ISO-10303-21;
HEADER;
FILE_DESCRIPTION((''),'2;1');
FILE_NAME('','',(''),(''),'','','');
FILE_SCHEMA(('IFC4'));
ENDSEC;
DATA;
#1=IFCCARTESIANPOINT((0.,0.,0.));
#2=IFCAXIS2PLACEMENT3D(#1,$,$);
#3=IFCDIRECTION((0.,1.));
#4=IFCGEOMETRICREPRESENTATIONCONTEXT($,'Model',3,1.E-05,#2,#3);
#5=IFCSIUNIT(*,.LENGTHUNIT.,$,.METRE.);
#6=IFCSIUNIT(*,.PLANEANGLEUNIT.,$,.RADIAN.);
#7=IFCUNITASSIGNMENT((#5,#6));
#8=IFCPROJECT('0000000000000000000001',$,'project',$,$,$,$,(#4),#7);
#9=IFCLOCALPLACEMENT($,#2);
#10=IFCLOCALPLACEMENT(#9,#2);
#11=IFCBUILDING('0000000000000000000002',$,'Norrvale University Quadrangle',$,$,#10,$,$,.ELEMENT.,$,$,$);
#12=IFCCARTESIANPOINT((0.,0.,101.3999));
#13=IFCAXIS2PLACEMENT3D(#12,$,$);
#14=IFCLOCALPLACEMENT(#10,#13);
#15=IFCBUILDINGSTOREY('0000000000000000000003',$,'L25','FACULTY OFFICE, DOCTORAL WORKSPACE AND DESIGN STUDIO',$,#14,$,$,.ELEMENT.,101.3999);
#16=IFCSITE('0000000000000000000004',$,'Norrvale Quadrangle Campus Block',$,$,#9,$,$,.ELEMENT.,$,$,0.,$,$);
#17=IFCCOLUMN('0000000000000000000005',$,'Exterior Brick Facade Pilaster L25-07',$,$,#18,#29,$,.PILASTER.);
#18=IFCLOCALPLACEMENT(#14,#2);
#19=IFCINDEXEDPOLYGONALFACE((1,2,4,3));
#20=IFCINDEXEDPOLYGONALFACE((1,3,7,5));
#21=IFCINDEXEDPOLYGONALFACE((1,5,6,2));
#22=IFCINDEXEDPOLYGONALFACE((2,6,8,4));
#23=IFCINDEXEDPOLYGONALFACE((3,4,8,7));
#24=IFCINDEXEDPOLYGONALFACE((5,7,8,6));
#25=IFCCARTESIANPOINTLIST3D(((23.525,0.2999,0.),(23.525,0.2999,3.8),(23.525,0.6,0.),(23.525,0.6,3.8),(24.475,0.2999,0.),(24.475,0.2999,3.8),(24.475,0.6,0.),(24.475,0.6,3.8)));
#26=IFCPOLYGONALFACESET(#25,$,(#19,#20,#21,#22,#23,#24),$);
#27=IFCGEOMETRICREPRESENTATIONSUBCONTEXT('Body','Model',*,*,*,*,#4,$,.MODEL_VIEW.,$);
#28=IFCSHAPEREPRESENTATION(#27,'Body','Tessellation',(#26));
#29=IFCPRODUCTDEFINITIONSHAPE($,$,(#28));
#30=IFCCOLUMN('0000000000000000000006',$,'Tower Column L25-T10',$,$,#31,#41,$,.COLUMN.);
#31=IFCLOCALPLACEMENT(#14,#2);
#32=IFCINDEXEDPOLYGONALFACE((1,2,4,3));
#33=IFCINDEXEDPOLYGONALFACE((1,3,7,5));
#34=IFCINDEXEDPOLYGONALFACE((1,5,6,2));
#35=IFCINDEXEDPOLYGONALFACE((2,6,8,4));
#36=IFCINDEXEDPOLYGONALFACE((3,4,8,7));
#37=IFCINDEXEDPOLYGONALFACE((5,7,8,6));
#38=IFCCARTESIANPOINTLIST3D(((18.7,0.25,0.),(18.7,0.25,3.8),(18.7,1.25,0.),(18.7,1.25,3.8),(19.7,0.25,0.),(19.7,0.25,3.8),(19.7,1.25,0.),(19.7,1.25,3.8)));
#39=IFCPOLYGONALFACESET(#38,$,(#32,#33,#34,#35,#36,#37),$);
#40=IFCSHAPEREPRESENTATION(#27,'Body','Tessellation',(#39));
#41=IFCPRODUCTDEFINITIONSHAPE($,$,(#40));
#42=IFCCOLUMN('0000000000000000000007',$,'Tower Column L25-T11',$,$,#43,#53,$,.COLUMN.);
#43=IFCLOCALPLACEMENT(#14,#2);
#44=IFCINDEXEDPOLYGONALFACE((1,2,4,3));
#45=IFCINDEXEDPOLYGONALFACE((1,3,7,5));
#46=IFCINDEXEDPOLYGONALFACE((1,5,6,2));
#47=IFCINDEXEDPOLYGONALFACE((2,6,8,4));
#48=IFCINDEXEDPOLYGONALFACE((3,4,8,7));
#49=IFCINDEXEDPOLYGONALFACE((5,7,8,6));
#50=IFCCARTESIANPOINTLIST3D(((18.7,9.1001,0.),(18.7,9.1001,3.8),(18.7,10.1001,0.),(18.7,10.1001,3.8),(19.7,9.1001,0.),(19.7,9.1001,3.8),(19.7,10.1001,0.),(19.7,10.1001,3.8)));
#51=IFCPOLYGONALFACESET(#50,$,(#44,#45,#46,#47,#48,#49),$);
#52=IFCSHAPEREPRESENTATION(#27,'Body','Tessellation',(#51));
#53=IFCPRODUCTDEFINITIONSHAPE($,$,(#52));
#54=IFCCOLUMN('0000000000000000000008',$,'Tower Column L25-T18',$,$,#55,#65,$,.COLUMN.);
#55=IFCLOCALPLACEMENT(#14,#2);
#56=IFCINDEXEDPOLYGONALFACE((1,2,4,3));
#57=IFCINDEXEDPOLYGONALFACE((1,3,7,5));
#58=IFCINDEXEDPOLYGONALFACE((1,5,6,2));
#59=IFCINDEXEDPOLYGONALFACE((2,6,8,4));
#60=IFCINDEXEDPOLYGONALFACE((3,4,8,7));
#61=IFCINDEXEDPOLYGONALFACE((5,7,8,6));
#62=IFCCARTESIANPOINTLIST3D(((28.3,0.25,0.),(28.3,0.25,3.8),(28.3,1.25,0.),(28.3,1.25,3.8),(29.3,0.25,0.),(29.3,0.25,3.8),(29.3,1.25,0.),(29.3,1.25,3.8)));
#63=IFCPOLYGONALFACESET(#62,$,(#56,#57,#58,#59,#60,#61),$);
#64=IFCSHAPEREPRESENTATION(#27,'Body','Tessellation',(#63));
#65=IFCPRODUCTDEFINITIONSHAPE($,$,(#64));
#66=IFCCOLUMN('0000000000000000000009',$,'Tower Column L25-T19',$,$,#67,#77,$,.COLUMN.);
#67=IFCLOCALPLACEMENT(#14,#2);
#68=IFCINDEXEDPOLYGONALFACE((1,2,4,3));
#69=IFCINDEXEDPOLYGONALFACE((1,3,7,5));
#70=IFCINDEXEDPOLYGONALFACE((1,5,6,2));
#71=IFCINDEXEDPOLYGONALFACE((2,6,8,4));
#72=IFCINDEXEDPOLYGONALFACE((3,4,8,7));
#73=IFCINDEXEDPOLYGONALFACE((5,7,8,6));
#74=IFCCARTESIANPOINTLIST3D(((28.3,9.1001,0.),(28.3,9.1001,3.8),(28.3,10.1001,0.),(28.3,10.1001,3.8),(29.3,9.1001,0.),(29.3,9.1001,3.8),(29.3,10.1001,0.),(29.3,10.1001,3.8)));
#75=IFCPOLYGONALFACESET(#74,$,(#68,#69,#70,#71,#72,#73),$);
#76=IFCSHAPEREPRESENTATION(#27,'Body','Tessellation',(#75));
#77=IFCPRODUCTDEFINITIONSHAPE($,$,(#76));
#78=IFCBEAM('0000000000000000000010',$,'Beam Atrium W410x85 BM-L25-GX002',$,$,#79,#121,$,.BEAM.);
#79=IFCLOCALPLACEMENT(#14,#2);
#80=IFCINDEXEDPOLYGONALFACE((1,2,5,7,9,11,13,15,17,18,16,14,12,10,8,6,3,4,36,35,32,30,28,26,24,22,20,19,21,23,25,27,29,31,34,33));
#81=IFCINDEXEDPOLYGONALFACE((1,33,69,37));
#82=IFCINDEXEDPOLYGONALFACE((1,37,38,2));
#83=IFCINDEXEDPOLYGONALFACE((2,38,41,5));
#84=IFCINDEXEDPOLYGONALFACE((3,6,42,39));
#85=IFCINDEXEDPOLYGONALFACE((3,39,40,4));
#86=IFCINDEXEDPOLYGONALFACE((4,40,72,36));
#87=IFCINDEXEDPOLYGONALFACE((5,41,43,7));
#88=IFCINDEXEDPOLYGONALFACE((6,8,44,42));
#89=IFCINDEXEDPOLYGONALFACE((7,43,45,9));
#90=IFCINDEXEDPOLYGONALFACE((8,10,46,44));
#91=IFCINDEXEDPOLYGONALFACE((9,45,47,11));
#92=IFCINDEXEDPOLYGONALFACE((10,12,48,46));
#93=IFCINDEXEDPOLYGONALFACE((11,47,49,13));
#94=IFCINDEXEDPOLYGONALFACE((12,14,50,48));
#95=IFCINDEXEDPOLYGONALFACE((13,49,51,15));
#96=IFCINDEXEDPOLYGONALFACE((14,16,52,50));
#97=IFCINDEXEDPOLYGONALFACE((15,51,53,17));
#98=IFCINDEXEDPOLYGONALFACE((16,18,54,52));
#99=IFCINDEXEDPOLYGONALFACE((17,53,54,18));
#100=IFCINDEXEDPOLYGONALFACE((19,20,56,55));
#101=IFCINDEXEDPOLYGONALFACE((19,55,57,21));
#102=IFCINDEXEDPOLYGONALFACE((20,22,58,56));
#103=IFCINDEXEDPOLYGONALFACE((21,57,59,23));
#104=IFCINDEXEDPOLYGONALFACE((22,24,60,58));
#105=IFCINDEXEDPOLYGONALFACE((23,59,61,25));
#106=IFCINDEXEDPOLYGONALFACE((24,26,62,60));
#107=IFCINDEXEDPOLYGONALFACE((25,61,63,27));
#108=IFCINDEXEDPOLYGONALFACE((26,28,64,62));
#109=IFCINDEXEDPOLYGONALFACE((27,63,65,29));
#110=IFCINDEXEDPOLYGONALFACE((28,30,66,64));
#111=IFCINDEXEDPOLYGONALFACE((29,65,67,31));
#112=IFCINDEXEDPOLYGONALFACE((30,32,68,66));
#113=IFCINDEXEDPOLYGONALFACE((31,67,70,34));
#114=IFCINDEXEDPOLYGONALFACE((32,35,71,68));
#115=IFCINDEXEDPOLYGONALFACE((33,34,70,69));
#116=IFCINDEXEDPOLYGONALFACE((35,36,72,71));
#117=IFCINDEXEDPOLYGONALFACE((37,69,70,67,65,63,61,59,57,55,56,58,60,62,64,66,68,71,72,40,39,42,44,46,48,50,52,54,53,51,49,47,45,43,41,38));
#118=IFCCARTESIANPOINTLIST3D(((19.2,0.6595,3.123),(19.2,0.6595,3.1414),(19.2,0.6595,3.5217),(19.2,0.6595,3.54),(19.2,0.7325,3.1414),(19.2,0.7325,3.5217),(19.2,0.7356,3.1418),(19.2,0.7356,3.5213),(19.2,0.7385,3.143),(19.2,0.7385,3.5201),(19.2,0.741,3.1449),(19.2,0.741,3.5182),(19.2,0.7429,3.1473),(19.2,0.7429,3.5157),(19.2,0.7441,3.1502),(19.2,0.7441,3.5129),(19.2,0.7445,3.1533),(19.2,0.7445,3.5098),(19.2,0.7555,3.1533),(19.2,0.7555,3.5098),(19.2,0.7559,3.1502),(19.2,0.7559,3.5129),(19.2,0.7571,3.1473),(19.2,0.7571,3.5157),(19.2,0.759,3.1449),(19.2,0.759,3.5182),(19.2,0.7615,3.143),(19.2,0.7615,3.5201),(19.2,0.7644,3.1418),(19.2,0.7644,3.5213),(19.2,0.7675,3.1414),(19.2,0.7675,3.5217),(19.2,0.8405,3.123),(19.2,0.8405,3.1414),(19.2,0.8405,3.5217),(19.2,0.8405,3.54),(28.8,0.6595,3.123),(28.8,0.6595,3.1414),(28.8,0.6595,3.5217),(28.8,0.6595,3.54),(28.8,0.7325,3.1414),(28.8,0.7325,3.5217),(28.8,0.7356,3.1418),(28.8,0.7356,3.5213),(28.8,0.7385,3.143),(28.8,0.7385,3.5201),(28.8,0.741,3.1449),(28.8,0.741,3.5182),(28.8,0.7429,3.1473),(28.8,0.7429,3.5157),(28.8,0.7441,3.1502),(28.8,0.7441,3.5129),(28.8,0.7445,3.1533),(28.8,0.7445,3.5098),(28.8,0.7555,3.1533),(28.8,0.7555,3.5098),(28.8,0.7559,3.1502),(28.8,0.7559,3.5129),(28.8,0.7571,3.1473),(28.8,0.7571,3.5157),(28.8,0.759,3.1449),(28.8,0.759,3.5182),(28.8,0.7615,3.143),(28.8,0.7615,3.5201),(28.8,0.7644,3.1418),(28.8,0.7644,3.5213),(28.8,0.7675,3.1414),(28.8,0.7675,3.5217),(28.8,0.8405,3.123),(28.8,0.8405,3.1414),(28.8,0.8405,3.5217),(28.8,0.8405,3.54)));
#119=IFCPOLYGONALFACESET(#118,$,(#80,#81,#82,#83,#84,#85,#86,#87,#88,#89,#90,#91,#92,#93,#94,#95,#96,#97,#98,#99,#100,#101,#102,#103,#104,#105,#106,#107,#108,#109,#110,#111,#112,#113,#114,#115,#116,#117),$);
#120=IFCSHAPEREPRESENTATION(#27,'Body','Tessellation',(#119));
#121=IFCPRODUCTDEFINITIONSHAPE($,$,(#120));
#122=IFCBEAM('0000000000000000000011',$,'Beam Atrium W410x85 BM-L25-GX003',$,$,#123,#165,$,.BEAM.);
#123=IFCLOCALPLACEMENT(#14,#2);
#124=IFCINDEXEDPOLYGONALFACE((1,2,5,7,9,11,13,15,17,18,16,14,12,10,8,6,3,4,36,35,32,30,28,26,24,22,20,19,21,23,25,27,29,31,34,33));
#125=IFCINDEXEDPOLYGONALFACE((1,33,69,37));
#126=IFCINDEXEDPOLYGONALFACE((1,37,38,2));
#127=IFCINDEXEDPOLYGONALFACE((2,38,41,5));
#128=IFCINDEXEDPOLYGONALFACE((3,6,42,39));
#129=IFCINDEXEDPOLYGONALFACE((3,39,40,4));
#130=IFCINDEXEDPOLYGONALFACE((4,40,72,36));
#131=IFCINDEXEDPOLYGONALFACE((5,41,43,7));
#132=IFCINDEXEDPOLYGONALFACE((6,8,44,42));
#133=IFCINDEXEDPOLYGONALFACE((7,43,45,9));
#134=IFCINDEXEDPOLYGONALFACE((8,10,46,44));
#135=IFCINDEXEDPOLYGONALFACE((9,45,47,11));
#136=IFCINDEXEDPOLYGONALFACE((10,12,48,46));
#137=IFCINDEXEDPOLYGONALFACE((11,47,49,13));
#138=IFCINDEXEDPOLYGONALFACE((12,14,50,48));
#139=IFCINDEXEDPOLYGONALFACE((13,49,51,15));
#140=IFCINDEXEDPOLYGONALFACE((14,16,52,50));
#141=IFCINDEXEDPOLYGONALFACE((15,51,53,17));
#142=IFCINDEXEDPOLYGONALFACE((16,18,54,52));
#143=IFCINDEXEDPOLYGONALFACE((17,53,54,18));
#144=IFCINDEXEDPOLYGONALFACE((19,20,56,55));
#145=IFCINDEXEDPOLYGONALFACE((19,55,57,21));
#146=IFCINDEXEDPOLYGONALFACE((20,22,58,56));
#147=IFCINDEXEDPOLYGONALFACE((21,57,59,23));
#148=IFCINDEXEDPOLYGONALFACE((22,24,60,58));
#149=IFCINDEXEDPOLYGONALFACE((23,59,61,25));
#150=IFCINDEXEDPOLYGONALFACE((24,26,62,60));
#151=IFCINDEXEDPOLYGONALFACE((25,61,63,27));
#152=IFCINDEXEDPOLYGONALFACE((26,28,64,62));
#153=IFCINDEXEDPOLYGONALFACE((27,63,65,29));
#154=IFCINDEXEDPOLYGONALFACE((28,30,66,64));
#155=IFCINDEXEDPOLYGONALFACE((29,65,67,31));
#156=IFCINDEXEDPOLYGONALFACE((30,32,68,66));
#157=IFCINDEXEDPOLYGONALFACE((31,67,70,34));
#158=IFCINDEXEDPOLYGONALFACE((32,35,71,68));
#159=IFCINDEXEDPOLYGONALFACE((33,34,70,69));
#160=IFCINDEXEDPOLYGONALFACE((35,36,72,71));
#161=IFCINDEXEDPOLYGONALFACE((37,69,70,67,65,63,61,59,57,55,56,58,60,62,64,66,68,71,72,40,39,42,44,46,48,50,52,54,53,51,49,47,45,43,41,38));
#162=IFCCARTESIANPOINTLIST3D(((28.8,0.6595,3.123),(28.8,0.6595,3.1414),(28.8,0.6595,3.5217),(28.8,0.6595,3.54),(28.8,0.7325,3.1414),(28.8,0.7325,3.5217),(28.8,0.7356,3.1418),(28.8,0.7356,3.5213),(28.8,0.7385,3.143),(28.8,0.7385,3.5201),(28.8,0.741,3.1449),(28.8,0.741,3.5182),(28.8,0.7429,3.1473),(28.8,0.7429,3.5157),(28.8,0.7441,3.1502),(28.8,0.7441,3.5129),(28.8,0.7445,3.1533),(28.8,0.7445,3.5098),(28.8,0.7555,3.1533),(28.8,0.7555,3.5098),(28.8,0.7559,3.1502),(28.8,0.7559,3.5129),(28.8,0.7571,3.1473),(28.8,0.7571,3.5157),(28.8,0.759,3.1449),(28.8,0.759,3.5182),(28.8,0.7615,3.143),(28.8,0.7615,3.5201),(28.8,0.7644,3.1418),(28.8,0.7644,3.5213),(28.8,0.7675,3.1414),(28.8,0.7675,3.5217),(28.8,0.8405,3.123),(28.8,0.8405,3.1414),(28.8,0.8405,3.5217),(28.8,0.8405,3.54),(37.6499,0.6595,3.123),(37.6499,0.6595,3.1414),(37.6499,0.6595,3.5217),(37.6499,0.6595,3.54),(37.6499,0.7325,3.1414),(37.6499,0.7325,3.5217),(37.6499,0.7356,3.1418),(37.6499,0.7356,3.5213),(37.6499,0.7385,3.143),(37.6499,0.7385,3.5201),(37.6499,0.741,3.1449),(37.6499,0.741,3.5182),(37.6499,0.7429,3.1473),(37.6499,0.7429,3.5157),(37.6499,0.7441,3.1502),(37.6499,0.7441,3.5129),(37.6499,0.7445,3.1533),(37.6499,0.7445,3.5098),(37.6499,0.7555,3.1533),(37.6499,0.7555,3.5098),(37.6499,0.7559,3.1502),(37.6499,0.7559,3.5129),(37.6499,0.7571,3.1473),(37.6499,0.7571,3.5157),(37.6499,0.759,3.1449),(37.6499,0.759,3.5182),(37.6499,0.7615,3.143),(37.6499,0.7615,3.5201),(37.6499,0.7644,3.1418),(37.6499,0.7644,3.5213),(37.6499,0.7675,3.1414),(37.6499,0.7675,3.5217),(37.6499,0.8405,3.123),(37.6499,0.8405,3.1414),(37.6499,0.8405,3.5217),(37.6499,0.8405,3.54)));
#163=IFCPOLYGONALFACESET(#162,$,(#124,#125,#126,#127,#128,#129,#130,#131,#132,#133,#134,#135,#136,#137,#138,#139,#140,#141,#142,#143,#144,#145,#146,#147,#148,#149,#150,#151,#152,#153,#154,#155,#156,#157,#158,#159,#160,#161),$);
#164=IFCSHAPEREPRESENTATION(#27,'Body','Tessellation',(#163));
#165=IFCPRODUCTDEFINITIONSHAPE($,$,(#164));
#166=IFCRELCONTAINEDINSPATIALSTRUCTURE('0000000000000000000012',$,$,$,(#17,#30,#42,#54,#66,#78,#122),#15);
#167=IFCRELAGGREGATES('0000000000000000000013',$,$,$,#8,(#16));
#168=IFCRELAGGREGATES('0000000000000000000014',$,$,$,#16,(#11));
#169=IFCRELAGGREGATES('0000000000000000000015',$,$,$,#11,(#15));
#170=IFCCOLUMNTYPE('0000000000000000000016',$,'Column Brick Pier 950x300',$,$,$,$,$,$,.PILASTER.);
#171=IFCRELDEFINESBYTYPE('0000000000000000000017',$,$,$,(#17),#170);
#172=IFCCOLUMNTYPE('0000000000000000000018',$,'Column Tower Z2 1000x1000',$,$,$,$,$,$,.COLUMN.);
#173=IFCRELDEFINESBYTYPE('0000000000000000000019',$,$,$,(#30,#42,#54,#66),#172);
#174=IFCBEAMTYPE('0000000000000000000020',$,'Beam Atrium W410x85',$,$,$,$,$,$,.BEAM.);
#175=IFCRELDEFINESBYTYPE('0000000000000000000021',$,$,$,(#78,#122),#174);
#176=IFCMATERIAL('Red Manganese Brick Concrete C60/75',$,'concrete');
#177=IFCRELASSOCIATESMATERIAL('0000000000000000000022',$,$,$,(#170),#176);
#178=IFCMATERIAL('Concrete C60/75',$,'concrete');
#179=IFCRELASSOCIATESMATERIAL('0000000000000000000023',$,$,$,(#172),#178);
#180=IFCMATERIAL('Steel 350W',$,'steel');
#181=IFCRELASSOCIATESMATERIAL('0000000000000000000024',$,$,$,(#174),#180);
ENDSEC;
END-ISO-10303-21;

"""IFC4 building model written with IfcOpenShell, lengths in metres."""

from ifc_helpers import new_model, si_unit, direction, frame, origin, origin_2d, place, context, subcontext, project, spatial, rectangle, i_section, extrude, material, material_profile, profile_set, type_object, element, save


model = new_model("IFC4")

# Units and contexts
model_context = context("Model", 3, precision=1e-05, world=origin(), true_north=direction((0.0, 1.0)))
body_context = subcontext(model_context, "Body", "Model", "MODEL_VIEW")
ifc_project = project(units=[si_unit("LENGTHUNIT", "METRE"), si_unit("PLANEANGLEUNIT", "RADIAN")], contexts=[model_context])

# Site, building, storey
site_placement = place(None, origin())
site = spatial("IfcSite", under=ifc_project, at=site_placement, Name="Norrvale Quadrangle Campus Block", CompositionType="ELEMENT", RefElevation=0.0)
building_placement = place(site_placement, origin())
building = spatial("IfcBuilding", under=site, at=building_placement, Name="Norrvale University Quadrangle", CompositionType="ELEMENT")
storey_placement = place(building_placement, frame((0.0, 0.0, 101.3999)))
storey = spatial("IfcBuildingStorey", under=building, at=storey_placement, Name="L25", Description="FACULTY OFFICE, DOCTORAL WORKSPACE AND DESIGN STUDIO", CompositionType="ELEMENT", Elevation=101.3999)

# Columns
ifc_material_1 = material(Name="Red Manganese Brick Concrete C60/75", Category="concrete")
ifc_material_profile_1 = material_profile(ifc_material_1, rectangle(XDim=0.95, YDim=0.3, at=origin_2d()), Name="Red Manganese Brick Concrete C60/75")
ifc_profile_set_1 = profile_set([ifc_material_profile_1], Name="Red Manganese Brick Concrete C60/75")
column_type_1 = type_object("IfcColumnType", Name="Column Brick Pier 950x300", PredefinedType="PILASTER", material=ifc_profile_set_1)
column_placement = place(storey_placement, frame((24.0, 0.45, 0.0), z_axis=(0.0, 0.0, 1.0), x_axis=(1.0, 0.0, 0.0)))
element("IfcColumn", 1, at=column_placement, inside=storey, type_object=column_type_1, Name="Exterior Brick Facade Pilaster L25-07", PredefinedType="PILASTER", context=body_context, shape_type="SweptSolid", body=[
    extrude(rectangle(XDim=0.95, YDim=0.3, at=origin_2d()), origin(), (0.0, 0.0, 1.0), 3.8),
])
ifc_material_2 = material(Name="Concrete C60/75", Category="concrete")
ifc_material_profile_2 = material_profile(ifc_material_2, rectangle(XDim=1.0, YDim=1.0, at=origin_2d()), Name="Concrete C60/75")
ifc_profile_set_2 = profile_set([ifc_material_profile_2], Name="Concrete C60/75")
column_type_2 = type_object("IfcColumnType", Name="Column Tower Z2 1000x1000", PredefinedType="COLUMN", material=ifc_profile_set_2)
for number, where, z_axis, x_axis, name in (
    (2, (19.2, 0.75, 0.0), (0.0, 0.0, 1.0), (1.0, 0.0, 0.0), "Tower Column L25-T10"),
    (3, (19.2, 9.6001, 0.0), (0.0, 0.0, 1.0), (1.0, 0.0, 0.0), "Tower Column L25-T11"),
    (4, (28.8, 0.75, 0.0), (0.0, 0.0, 1.0), (1.0, 0.0, 0.0), "Tower Column L25-T18"),
    (5, (28.8, 9.6001, 0.0), (0.0, 0.0, 1.0), (1.0, 0.0, 0.0), "Tower Column L25-T19"),
):
    element("IfcColumn", number, at=place(storey_placement, frame(where, z_axis=z_axis, x_axis=x_axis)), inside=storey, type_object=column_type_2, Name=name, PredefinedType="COLUMN", context=body_context, shape_type="SweptSolid", body=[
        extrude(rectangle(XDim=1.0, YDim=1.0, at=origin_2d()), origin(), (0.0, 0.0, 1.0), 3.8),
    ])

# Beams
ifc_material_3 = material(Name="Steel 350W", Category="steel")
ifc_material_profile_3 = material_profile(ifc_material_3, i_section(OverallWidth=0.1809, OverallDepth=0.417, WebThickness=0.011, FlangeThickness=0.0183, FilletRadius=0.012, at=origin_2d()), Name="Steel 350W")
ifc_profile_set_3 = profile_set([ifc_material_profile_3], Name="Steel 350W")
beam_type_1 = type_object("IfcBeamType", Name="Beam Atrium W410x85", PredefinedType="BEAM", material=ifc_profile_set_3)
beam_1_placement = place(storey_placement, frame((19.2, 0.75, 3.3315), z_axis=(1.0, 0.0, 0.0), x_axis=(0.0, 1.0, 0.0)))
element("IfcBeam", 6, at=beam_1_placement, inside=storey, type_object=beam_type_1, Name="Beam Atrium W410x85 BM-L25-GX002", PredefinedType="BEAM", context=body_context, shape_type="SweptSolid", body=[
    extrude(i_section(OverallWidth=0.1809, OverallDepth=0.417, WebThickness=0.011, FlangeThickness=0.0183, FilletRadius=0.012, at=origin_2d()), origin(), (0.0, 0.0, 1.0), 9.6001),
])
beam_2_placement = place(storey_placement, frame((28.8, 0.75, 3.3315), z_axis=(1.0, 0.0, 0.0), x_axis=(0.0, 1.0, 0.0)))
element("IfcBeam", 7, at=beam_2_placement, inside=storey, type_object=beam_type_1, Name="Beam Atrium W410x85 BM-L25-GX003", PredefinedType="BEAM", context=body_context, shape_type="SweptSolid", body=[
    extrude(i_section(OverallWidth=0.1809, OverallDepth=0.417, WebThickness=0.011, FlangeThickness=0.0183, FilletRadius=0.012, at=origin_2d()), origin(), (0.0, 0.0, 1.0), 8.8499),
])

save(model, "model.ifc")
